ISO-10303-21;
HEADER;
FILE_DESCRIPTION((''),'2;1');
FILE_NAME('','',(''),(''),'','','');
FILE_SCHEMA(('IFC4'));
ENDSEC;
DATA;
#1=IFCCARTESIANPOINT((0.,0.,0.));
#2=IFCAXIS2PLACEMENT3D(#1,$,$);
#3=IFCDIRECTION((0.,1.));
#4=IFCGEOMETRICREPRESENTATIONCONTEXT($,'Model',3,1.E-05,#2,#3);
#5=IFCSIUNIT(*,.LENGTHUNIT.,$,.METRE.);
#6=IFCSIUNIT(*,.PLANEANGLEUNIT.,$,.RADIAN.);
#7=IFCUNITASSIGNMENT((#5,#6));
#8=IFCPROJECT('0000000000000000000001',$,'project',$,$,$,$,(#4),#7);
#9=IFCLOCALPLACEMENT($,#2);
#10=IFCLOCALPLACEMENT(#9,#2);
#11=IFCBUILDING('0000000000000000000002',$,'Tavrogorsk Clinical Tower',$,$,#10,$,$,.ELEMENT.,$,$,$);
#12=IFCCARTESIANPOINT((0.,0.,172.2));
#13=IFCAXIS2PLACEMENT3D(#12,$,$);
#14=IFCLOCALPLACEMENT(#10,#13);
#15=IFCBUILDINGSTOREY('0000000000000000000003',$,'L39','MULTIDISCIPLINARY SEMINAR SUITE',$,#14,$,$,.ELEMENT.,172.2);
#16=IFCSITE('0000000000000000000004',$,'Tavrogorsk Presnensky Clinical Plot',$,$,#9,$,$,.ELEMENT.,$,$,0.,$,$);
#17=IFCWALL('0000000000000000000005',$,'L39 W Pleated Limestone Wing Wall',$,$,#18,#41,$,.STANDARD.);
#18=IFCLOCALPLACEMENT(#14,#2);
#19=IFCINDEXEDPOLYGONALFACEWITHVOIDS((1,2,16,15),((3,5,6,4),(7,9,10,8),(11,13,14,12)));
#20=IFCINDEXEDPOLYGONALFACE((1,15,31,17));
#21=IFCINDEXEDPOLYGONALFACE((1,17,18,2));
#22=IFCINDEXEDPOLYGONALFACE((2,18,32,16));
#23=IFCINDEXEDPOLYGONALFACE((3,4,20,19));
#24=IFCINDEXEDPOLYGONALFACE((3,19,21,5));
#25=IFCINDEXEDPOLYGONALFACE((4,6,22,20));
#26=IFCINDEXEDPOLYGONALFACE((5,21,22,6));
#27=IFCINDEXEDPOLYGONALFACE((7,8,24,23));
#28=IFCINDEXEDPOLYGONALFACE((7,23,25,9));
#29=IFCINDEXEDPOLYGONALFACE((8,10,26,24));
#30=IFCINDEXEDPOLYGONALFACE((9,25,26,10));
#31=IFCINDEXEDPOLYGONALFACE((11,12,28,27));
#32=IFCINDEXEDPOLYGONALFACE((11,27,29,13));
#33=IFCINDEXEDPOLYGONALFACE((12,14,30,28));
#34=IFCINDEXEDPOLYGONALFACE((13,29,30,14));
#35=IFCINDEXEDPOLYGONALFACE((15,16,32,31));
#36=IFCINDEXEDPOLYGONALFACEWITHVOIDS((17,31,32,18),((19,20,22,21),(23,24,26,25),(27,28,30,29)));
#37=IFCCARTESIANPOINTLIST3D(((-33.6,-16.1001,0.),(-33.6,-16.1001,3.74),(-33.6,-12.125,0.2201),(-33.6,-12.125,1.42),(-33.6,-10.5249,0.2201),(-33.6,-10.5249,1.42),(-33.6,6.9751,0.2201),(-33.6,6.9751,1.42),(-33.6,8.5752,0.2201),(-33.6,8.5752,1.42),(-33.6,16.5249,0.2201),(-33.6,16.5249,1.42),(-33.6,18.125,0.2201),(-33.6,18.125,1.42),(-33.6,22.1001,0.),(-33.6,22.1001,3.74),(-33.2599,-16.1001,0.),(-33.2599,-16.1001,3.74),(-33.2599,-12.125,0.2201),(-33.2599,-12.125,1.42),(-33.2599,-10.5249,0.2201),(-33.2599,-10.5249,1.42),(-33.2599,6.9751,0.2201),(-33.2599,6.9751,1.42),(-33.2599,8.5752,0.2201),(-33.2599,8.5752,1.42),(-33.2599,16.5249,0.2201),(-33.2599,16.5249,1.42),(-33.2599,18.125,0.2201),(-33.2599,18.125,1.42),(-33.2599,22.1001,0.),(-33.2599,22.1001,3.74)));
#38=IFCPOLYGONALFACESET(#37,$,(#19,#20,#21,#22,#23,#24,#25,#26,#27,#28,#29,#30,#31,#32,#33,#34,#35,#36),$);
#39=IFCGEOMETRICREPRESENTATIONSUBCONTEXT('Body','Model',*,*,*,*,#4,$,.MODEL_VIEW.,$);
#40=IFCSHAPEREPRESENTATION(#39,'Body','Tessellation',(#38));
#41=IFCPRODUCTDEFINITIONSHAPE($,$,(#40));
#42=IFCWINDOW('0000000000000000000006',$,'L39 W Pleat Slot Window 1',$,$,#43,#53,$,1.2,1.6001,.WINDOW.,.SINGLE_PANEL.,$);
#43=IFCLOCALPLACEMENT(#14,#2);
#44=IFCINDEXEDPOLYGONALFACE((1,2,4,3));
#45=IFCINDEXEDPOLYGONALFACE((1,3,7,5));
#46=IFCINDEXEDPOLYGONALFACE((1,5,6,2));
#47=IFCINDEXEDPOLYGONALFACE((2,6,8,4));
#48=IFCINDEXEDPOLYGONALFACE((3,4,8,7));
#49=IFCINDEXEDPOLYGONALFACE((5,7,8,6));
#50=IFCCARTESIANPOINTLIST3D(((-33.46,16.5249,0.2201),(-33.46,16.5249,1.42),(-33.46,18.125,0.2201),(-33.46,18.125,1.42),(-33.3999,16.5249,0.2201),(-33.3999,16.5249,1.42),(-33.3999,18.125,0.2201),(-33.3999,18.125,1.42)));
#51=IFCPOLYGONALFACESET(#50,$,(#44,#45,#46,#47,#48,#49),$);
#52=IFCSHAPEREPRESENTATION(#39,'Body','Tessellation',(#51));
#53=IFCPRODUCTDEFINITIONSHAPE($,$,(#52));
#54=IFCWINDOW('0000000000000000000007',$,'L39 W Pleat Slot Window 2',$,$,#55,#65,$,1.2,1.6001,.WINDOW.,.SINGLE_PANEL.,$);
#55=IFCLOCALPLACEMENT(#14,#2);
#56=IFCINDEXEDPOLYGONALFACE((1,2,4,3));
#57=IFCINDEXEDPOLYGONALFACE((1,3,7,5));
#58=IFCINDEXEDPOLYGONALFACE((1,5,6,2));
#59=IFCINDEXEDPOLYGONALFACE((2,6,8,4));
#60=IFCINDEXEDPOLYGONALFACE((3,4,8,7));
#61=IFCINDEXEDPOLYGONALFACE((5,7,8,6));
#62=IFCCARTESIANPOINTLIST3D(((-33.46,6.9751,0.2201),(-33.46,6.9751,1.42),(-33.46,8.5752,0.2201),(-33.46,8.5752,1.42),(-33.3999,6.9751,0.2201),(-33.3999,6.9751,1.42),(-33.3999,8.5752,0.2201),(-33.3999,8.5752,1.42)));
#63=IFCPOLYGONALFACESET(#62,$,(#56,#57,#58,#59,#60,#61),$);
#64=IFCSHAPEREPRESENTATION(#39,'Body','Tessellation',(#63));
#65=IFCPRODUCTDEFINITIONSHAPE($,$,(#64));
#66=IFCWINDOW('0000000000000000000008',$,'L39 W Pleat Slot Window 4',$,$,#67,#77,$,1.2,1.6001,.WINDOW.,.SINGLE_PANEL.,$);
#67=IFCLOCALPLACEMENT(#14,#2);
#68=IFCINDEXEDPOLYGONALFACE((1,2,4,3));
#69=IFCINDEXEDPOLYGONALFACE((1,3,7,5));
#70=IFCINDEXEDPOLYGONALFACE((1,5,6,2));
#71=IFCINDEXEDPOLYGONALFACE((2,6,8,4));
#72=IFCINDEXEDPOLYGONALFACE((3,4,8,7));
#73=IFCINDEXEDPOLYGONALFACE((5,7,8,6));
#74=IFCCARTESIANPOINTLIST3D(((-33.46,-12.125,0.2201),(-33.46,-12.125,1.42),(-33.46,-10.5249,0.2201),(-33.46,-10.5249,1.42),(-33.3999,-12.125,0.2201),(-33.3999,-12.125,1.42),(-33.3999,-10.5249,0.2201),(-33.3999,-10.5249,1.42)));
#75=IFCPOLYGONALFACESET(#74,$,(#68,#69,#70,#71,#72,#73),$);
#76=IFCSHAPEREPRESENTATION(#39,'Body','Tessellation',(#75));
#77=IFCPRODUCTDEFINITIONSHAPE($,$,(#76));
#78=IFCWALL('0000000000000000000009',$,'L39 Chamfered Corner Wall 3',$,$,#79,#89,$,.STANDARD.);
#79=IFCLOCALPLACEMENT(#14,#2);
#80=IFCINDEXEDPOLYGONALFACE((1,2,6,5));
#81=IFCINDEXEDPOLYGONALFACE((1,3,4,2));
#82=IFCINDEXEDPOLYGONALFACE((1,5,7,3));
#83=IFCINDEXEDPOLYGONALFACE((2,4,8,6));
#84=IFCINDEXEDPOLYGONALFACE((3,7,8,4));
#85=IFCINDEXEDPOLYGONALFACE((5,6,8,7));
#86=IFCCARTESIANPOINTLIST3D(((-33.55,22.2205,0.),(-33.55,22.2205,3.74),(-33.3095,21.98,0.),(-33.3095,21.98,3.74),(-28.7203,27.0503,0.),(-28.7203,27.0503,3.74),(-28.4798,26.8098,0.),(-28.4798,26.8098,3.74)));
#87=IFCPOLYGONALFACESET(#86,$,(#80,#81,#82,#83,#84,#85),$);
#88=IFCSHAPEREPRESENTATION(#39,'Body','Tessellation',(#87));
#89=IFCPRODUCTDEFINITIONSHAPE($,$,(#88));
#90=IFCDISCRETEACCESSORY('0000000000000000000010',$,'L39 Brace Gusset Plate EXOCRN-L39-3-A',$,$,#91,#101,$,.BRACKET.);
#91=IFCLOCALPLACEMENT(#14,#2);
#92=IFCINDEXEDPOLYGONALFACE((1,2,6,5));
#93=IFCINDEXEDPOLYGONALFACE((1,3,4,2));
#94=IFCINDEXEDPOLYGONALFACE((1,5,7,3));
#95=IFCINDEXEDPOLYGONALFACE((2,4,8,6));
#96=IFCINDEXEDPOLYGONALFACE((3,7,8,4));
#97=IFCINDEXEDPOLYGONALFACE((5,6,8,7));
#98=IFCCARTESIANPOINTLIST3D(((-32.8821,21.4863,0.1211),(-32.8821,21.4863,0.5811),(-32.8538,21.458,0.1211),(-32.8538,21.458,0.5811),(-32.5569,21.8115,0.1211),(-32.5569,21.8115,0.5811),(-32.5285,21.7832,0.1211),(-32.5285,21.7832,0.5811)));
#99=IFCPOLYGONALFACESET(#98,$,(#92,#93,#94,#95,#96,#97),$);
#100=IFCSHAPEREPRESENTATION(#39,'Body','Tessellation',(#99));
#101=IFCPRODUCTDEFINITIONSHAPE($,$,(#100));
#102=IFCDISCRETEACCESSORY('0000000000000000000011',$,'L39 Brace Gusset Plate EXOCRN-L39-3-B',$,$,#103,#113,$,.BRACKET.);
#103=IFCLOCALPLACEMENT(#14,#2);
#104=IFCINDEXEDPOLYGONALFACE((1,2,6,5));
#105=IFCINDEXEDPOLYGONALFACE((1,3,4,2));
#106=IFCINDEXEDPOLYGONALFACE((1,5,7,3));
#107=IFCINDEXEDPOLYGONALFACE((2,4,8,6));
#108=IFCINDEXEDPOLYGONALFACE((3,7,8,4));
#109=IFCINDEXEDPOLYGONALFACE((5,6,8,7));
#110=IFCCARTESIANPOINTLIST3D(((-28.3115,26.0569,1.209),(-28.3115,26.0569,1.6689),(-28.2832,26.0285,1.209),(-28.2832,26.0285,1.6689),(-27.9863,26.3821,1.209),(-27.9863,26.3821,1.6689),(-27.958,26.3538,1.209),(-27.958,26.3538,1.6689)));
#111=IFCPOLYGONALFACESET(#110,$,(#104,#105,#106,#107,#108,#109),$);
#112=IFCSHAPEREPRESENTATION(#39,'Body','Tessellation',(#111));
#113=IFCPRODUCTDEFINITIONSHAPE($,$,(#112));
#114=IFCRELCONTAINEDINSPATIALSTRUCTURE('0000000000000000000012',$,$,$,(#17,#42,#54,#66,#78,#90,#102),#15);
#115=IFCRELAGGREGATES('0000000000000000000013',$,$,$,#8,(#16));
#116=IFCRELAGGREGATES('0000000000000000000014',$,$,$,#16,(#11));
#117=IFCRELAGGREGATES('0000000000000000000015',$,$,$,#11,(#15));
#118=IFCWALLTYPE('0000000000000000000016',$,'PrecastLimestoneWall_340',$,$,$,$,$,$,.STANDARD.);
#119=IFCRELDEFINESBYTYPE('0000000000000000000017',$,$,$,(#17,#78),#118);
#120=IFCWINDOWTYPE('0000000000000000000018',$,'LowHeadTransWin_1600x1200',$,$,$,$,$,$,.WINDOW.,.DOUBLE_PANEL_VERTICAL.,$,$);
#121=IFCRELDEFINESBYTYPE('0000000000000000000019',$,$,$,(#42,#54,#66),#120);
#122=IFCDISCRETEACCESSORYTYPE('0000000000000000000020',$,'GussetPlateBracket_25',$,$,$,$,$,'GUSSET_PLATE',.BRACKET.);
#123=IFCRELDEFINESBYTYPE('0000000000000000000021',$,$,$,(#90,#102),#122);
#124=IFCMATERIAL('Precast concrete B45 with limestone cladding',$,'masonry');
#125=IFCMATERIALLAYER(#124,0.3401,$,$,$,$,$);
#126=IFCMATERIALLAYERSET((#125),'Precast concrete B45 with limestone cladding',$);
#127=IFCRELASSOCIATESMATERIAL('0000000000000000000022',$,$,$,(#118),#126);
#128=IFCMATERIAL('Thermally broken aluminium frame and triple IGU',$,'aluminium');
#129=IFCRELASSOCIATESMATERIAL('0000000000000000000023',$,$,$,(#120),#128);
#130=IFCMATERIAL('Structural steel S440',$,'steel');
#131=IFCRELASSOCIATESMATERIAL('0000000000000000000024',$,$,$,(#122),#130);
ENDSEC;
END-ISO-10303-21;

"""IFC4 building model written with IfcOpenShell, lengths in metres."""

from ifc_helpers import new_model, si_unit, direction, frame, frame_2d, origin, origin_2d, place, context, subcontext, project, spatial, rectangle, extrude, material, layer, layer_set, type_object, element, fill, save


model = new_model("IFC4")

# Units and contexts
model_context = context("Model", 3, precision=1e-05, world=origin(), true_north=direction((0.0, 1.0)))
body_context = subcontext(model_context, "Body", "Model", "MODEL_VIEW")
ifc_project = project(units=[si_unit("LENGTHUNIT", "METRE"), si_unit("PLANEANGLEUNIT", "RADIAN")], contexts=[model_context])

# Site, building, storey
site_placement = place(None, origin())
site = spatial("IfcSite", under=ifc_project, at=site_placement, Name="Tavrogorsk Presnensky Clinical Plot", CompositionType="ELEMENT", RefElevation=0.0)
building_placement = place(site_placement, origin())
building = spatial("IfcBuilding", under=site, at=building_placement, Name="Tavrogorsk Clinical Tower", CompositionType="ELEMENT")
storey_placement = place(building_placement, frame((0.0, 0.0, 172.2)))
storey = spatial("IfcBuildingStorey", under=building, at=storey_placement, Name="L39", Description="MULTIDISCIPLINARY SEMINAR SUITE", CompositionType="ELEMENT", Elevation=172.2)

# Wall, openings, windows
ifc_material_1 = material(Name="Precast concrete B45 with limestone cladding", Category="masonry")
ifc_layer_1 = layer(ifc_material_1, 0.3401)
ifc_layer_set_1 = layer_set([ifc_layer_1], Name="Precast concrete B45 with limestone cladding")
wall_type_1 = type_object("IfcWallType", Name="PrecastLimestoneWall_340", PredefinedType="STANDARD", material=ifc_layer_set_1)
wall_1_placement = place(storey_placement, frame((-33.4299, 22.1001, 0.0), z_axis=(0.0, 0.0, 1.0), x_axis=(0.0, -1.0, 0.0)))
wall_1 = element("IfcWall", 1, at=wall_1_placement, inside=storey, type_object=wall_type_1, Name="L39 W Pleated Limestone Wing Wall", PredefinedType="STANDARD", context=body_context, shape_type="SweptSolid", body=[
    extrude(rectangle(XDim=38.2002, YDim=0.3401, at=frame_2d((19.1001, 0.0))), origin(), (0.0, 0.0, 1.0), 3.74),
])
opening_1_placement = place(wall_1_placement, frame((3.9751, 0.0, 0.22)))
opening_1 = element("IfcOpeningElement", 2, at=opening_1_placement, cuts=wall_1, PredefinedType="OPENING", context=body_context, shape_type="SweptSolid", body=[
    extrude(rectangle(XDim=1.6001, YDim=1.2, at=frame_2d((0.8, 0.6001))), frame((0.0, 0.1799, 0.0), z_axis=(0.0, -1.0, 0.0), x_axis=(1.0, 0.0, 0.0)), (0.0, 0.0, 1.0), 0.3601),
])
opening_2_placement = place(wall_1_placement, frame((13.5249, 0.0, 0.22)))
opening_2 = element("IfcOpeningElement", 3, at=opening_2_placement, cuts=wall_1, PredefinedType="OPENING", context=body_context, shape_type="SweptSolid", body=[
    extrude(rectangle(XDim=1.6001, YDim=1.2, at=frame_2d((0.8, 0.6001))), frame((0.0, 0.1799, 0.0), z_axis=(0.0, -1.0, 0.0), x_axis=(1.0, 0.0, 0.0)), (0.0, 0.0, 1.0), 0.3601),
])
opening_3_placement = place(wall_1_placement, frame((32.625, 0.0, 0.22)))
opening_3 = element("IfcOpeningElement", 4, at=opening_3_placement, cuts=wall_1, PredefinedType="OPENING", context=body_context, shape_type="SweptSolid", body=[
    extrude(rectangle(XDim=1.6001, YDim=1.2, at=frame_2d((0.8, 0.6001))), frame((0.0, 0.1799, 0.0), z_axis=(0.0, -1.0, 0.0), x_axis=(1.0, 0.0, 0.0)), (0.0, 0.0, 1.0), 0.3601),
])
ifc_material_2 = material(Name="Thermally broken aluminium frame and triple IGU", Category="aluminium")
window_type = type_object("IfcWindowType", Name="LowHeadTransWin_1600x1200", PartitioningType="DOUBLE_PANEL_VERTICAL", PredefinedType="WINDOW", material=ifc_material_2)
window_1_placement = place(opening_1_placement, origin())
window_1 = element("IfcWindow", 5, at=window_1_placement, inside=storey, type_object=window_type, Name="L39 W Pleat Slot Window 1", OverallHeight=1.2, OverallWidth=1.6001, PartitioningType="SINGLE_PANEL", PredefinedType="WINDOW", context=body_context, shape_type="SweptSolid", body=[
    extrude(rectangle(XDim=1.6001, YDim=1.2, at=frame_2d((0.8, 0.6001))), frame((0.0, 0.03, 0.0), z_axis=(0.0, -1.0, 0.0), x_axis=(1.0, 0.0, 0.0)), (0.0, 0.0, 1.0), 0.0601),
])
fill(opening_1, window_1)
window_2_placement = place(opening_2_placement, origin())
window_2 = element("IfcWindow", 6, at=window_2_placement, inside=storey, type_object=window_type, Name="L39 W Pleat Slot Window 2", OverallHeight=1.2, OverallWidth=1.6001, PartitioningType="SINGLE_PANEL", PredefinedType="WINDOW", context=body_context, shape_type="SweptSolid", body=[
    extrude(rectangle(XDim=1.6001, YDim=1.2, at=frame_2d((0.8, 0.6001))), frame((0.0, 0.03, 0.0), z_axis=(0.0, -1.0, 0.0), x_axis=(1.0, 0.0, 0.0)), (0.0, 0.0, 1.0), 0.0601),
])
fill(opening_2, window_2)
window_3_placement = place(opening_3_placement, origin())
window_3 = element("IfcWindow", 7, at=window_3_placement, inside=storey, type_object=window_type, Name="L39 W Pleat Slot Window 4", OverallHeight=1.2, OverallWidth=1.6001, PartitioningType="SINGLE_PANEL", PredefinedType="WINDOW", context=body_context, shape_type="SweptSolid", body=[
    extrude(rectangle(XDim=1.6001, YDim=1.2, at=frame_2d((0.8, 0.6001))), frame((0.0, 0.03, 0.0), z_axis=(0.0, -1.0, 0.0), x_axis=(1.0, 0.0, 0.0)), (0.0, 0.0, 1.0), 0.0601),
])
fill(opening_3, window_3)

# Wall
wall_2_placement = place(storey_placement, frame((-28.6001, 26.9299, 0.0), z_axis=(0.0, 0.0, 1.0), x_axis=(-0.707107, -0.707107, 0.0)))
element("IfcWall", 8, at=wall_2_placement, inside=storey, type_object=wall_type_1, Name="L39 Chamfered Corner Wall 3", PredefinedType="STANDARD", context=body_context, shape_type="SweptSolid", body=[
    extrude(rectangle(XDim=6.8303, YDim=0.3401, at=frame_2d((3.415, 0.0))), origin(), (0.0, 0.0, 1.0), 3.74),
])

# Discrete accessories
ifc_material_3 = material(Name="Structural steel S440", Category="steel")
discrete_accessory_type = type_object("IfcDiscreteAccessoryType", Name="GussetPlateBracket_25", ElementType="GUSSET_PLATE", PredefinedType="BRACKET", material=ifc_material_3)
for number, where, z_axis, x_axis, name in (
    (9, (-32.7053, 21.6348, 0.1211), (0.0, 0.0, 1.0), (0.707107, 0.707107, 0.0), "L39 Brace Gusset Plate EXOCRN-L39-3-A"),
    (10, (-28.1348, 26.2053, 1.209), (0.0, 0.0, 1.0), (0.707107, 0.707107, 0.0), "L39 Brace Gusset Plate EXOCRN-L39-3-B"),
):
    element("IfcDiscreteAccessory", number, at=place(storey_placement, frame(where, z_axis=z_axis, x_axis=x_axis)), inside=storey, type_object=discrete_accessory_type, Name=name, PredefinedType="BRACKET", context=body_context, shape_type="SweptSolid", body=[
        extrude(rectangle(XDim=0.46, YDim=0.04, at=origin_2d()), origin(), (0.0, 0.0, 1.0), 0.46),
    ])

save(model, "model.ifc")
